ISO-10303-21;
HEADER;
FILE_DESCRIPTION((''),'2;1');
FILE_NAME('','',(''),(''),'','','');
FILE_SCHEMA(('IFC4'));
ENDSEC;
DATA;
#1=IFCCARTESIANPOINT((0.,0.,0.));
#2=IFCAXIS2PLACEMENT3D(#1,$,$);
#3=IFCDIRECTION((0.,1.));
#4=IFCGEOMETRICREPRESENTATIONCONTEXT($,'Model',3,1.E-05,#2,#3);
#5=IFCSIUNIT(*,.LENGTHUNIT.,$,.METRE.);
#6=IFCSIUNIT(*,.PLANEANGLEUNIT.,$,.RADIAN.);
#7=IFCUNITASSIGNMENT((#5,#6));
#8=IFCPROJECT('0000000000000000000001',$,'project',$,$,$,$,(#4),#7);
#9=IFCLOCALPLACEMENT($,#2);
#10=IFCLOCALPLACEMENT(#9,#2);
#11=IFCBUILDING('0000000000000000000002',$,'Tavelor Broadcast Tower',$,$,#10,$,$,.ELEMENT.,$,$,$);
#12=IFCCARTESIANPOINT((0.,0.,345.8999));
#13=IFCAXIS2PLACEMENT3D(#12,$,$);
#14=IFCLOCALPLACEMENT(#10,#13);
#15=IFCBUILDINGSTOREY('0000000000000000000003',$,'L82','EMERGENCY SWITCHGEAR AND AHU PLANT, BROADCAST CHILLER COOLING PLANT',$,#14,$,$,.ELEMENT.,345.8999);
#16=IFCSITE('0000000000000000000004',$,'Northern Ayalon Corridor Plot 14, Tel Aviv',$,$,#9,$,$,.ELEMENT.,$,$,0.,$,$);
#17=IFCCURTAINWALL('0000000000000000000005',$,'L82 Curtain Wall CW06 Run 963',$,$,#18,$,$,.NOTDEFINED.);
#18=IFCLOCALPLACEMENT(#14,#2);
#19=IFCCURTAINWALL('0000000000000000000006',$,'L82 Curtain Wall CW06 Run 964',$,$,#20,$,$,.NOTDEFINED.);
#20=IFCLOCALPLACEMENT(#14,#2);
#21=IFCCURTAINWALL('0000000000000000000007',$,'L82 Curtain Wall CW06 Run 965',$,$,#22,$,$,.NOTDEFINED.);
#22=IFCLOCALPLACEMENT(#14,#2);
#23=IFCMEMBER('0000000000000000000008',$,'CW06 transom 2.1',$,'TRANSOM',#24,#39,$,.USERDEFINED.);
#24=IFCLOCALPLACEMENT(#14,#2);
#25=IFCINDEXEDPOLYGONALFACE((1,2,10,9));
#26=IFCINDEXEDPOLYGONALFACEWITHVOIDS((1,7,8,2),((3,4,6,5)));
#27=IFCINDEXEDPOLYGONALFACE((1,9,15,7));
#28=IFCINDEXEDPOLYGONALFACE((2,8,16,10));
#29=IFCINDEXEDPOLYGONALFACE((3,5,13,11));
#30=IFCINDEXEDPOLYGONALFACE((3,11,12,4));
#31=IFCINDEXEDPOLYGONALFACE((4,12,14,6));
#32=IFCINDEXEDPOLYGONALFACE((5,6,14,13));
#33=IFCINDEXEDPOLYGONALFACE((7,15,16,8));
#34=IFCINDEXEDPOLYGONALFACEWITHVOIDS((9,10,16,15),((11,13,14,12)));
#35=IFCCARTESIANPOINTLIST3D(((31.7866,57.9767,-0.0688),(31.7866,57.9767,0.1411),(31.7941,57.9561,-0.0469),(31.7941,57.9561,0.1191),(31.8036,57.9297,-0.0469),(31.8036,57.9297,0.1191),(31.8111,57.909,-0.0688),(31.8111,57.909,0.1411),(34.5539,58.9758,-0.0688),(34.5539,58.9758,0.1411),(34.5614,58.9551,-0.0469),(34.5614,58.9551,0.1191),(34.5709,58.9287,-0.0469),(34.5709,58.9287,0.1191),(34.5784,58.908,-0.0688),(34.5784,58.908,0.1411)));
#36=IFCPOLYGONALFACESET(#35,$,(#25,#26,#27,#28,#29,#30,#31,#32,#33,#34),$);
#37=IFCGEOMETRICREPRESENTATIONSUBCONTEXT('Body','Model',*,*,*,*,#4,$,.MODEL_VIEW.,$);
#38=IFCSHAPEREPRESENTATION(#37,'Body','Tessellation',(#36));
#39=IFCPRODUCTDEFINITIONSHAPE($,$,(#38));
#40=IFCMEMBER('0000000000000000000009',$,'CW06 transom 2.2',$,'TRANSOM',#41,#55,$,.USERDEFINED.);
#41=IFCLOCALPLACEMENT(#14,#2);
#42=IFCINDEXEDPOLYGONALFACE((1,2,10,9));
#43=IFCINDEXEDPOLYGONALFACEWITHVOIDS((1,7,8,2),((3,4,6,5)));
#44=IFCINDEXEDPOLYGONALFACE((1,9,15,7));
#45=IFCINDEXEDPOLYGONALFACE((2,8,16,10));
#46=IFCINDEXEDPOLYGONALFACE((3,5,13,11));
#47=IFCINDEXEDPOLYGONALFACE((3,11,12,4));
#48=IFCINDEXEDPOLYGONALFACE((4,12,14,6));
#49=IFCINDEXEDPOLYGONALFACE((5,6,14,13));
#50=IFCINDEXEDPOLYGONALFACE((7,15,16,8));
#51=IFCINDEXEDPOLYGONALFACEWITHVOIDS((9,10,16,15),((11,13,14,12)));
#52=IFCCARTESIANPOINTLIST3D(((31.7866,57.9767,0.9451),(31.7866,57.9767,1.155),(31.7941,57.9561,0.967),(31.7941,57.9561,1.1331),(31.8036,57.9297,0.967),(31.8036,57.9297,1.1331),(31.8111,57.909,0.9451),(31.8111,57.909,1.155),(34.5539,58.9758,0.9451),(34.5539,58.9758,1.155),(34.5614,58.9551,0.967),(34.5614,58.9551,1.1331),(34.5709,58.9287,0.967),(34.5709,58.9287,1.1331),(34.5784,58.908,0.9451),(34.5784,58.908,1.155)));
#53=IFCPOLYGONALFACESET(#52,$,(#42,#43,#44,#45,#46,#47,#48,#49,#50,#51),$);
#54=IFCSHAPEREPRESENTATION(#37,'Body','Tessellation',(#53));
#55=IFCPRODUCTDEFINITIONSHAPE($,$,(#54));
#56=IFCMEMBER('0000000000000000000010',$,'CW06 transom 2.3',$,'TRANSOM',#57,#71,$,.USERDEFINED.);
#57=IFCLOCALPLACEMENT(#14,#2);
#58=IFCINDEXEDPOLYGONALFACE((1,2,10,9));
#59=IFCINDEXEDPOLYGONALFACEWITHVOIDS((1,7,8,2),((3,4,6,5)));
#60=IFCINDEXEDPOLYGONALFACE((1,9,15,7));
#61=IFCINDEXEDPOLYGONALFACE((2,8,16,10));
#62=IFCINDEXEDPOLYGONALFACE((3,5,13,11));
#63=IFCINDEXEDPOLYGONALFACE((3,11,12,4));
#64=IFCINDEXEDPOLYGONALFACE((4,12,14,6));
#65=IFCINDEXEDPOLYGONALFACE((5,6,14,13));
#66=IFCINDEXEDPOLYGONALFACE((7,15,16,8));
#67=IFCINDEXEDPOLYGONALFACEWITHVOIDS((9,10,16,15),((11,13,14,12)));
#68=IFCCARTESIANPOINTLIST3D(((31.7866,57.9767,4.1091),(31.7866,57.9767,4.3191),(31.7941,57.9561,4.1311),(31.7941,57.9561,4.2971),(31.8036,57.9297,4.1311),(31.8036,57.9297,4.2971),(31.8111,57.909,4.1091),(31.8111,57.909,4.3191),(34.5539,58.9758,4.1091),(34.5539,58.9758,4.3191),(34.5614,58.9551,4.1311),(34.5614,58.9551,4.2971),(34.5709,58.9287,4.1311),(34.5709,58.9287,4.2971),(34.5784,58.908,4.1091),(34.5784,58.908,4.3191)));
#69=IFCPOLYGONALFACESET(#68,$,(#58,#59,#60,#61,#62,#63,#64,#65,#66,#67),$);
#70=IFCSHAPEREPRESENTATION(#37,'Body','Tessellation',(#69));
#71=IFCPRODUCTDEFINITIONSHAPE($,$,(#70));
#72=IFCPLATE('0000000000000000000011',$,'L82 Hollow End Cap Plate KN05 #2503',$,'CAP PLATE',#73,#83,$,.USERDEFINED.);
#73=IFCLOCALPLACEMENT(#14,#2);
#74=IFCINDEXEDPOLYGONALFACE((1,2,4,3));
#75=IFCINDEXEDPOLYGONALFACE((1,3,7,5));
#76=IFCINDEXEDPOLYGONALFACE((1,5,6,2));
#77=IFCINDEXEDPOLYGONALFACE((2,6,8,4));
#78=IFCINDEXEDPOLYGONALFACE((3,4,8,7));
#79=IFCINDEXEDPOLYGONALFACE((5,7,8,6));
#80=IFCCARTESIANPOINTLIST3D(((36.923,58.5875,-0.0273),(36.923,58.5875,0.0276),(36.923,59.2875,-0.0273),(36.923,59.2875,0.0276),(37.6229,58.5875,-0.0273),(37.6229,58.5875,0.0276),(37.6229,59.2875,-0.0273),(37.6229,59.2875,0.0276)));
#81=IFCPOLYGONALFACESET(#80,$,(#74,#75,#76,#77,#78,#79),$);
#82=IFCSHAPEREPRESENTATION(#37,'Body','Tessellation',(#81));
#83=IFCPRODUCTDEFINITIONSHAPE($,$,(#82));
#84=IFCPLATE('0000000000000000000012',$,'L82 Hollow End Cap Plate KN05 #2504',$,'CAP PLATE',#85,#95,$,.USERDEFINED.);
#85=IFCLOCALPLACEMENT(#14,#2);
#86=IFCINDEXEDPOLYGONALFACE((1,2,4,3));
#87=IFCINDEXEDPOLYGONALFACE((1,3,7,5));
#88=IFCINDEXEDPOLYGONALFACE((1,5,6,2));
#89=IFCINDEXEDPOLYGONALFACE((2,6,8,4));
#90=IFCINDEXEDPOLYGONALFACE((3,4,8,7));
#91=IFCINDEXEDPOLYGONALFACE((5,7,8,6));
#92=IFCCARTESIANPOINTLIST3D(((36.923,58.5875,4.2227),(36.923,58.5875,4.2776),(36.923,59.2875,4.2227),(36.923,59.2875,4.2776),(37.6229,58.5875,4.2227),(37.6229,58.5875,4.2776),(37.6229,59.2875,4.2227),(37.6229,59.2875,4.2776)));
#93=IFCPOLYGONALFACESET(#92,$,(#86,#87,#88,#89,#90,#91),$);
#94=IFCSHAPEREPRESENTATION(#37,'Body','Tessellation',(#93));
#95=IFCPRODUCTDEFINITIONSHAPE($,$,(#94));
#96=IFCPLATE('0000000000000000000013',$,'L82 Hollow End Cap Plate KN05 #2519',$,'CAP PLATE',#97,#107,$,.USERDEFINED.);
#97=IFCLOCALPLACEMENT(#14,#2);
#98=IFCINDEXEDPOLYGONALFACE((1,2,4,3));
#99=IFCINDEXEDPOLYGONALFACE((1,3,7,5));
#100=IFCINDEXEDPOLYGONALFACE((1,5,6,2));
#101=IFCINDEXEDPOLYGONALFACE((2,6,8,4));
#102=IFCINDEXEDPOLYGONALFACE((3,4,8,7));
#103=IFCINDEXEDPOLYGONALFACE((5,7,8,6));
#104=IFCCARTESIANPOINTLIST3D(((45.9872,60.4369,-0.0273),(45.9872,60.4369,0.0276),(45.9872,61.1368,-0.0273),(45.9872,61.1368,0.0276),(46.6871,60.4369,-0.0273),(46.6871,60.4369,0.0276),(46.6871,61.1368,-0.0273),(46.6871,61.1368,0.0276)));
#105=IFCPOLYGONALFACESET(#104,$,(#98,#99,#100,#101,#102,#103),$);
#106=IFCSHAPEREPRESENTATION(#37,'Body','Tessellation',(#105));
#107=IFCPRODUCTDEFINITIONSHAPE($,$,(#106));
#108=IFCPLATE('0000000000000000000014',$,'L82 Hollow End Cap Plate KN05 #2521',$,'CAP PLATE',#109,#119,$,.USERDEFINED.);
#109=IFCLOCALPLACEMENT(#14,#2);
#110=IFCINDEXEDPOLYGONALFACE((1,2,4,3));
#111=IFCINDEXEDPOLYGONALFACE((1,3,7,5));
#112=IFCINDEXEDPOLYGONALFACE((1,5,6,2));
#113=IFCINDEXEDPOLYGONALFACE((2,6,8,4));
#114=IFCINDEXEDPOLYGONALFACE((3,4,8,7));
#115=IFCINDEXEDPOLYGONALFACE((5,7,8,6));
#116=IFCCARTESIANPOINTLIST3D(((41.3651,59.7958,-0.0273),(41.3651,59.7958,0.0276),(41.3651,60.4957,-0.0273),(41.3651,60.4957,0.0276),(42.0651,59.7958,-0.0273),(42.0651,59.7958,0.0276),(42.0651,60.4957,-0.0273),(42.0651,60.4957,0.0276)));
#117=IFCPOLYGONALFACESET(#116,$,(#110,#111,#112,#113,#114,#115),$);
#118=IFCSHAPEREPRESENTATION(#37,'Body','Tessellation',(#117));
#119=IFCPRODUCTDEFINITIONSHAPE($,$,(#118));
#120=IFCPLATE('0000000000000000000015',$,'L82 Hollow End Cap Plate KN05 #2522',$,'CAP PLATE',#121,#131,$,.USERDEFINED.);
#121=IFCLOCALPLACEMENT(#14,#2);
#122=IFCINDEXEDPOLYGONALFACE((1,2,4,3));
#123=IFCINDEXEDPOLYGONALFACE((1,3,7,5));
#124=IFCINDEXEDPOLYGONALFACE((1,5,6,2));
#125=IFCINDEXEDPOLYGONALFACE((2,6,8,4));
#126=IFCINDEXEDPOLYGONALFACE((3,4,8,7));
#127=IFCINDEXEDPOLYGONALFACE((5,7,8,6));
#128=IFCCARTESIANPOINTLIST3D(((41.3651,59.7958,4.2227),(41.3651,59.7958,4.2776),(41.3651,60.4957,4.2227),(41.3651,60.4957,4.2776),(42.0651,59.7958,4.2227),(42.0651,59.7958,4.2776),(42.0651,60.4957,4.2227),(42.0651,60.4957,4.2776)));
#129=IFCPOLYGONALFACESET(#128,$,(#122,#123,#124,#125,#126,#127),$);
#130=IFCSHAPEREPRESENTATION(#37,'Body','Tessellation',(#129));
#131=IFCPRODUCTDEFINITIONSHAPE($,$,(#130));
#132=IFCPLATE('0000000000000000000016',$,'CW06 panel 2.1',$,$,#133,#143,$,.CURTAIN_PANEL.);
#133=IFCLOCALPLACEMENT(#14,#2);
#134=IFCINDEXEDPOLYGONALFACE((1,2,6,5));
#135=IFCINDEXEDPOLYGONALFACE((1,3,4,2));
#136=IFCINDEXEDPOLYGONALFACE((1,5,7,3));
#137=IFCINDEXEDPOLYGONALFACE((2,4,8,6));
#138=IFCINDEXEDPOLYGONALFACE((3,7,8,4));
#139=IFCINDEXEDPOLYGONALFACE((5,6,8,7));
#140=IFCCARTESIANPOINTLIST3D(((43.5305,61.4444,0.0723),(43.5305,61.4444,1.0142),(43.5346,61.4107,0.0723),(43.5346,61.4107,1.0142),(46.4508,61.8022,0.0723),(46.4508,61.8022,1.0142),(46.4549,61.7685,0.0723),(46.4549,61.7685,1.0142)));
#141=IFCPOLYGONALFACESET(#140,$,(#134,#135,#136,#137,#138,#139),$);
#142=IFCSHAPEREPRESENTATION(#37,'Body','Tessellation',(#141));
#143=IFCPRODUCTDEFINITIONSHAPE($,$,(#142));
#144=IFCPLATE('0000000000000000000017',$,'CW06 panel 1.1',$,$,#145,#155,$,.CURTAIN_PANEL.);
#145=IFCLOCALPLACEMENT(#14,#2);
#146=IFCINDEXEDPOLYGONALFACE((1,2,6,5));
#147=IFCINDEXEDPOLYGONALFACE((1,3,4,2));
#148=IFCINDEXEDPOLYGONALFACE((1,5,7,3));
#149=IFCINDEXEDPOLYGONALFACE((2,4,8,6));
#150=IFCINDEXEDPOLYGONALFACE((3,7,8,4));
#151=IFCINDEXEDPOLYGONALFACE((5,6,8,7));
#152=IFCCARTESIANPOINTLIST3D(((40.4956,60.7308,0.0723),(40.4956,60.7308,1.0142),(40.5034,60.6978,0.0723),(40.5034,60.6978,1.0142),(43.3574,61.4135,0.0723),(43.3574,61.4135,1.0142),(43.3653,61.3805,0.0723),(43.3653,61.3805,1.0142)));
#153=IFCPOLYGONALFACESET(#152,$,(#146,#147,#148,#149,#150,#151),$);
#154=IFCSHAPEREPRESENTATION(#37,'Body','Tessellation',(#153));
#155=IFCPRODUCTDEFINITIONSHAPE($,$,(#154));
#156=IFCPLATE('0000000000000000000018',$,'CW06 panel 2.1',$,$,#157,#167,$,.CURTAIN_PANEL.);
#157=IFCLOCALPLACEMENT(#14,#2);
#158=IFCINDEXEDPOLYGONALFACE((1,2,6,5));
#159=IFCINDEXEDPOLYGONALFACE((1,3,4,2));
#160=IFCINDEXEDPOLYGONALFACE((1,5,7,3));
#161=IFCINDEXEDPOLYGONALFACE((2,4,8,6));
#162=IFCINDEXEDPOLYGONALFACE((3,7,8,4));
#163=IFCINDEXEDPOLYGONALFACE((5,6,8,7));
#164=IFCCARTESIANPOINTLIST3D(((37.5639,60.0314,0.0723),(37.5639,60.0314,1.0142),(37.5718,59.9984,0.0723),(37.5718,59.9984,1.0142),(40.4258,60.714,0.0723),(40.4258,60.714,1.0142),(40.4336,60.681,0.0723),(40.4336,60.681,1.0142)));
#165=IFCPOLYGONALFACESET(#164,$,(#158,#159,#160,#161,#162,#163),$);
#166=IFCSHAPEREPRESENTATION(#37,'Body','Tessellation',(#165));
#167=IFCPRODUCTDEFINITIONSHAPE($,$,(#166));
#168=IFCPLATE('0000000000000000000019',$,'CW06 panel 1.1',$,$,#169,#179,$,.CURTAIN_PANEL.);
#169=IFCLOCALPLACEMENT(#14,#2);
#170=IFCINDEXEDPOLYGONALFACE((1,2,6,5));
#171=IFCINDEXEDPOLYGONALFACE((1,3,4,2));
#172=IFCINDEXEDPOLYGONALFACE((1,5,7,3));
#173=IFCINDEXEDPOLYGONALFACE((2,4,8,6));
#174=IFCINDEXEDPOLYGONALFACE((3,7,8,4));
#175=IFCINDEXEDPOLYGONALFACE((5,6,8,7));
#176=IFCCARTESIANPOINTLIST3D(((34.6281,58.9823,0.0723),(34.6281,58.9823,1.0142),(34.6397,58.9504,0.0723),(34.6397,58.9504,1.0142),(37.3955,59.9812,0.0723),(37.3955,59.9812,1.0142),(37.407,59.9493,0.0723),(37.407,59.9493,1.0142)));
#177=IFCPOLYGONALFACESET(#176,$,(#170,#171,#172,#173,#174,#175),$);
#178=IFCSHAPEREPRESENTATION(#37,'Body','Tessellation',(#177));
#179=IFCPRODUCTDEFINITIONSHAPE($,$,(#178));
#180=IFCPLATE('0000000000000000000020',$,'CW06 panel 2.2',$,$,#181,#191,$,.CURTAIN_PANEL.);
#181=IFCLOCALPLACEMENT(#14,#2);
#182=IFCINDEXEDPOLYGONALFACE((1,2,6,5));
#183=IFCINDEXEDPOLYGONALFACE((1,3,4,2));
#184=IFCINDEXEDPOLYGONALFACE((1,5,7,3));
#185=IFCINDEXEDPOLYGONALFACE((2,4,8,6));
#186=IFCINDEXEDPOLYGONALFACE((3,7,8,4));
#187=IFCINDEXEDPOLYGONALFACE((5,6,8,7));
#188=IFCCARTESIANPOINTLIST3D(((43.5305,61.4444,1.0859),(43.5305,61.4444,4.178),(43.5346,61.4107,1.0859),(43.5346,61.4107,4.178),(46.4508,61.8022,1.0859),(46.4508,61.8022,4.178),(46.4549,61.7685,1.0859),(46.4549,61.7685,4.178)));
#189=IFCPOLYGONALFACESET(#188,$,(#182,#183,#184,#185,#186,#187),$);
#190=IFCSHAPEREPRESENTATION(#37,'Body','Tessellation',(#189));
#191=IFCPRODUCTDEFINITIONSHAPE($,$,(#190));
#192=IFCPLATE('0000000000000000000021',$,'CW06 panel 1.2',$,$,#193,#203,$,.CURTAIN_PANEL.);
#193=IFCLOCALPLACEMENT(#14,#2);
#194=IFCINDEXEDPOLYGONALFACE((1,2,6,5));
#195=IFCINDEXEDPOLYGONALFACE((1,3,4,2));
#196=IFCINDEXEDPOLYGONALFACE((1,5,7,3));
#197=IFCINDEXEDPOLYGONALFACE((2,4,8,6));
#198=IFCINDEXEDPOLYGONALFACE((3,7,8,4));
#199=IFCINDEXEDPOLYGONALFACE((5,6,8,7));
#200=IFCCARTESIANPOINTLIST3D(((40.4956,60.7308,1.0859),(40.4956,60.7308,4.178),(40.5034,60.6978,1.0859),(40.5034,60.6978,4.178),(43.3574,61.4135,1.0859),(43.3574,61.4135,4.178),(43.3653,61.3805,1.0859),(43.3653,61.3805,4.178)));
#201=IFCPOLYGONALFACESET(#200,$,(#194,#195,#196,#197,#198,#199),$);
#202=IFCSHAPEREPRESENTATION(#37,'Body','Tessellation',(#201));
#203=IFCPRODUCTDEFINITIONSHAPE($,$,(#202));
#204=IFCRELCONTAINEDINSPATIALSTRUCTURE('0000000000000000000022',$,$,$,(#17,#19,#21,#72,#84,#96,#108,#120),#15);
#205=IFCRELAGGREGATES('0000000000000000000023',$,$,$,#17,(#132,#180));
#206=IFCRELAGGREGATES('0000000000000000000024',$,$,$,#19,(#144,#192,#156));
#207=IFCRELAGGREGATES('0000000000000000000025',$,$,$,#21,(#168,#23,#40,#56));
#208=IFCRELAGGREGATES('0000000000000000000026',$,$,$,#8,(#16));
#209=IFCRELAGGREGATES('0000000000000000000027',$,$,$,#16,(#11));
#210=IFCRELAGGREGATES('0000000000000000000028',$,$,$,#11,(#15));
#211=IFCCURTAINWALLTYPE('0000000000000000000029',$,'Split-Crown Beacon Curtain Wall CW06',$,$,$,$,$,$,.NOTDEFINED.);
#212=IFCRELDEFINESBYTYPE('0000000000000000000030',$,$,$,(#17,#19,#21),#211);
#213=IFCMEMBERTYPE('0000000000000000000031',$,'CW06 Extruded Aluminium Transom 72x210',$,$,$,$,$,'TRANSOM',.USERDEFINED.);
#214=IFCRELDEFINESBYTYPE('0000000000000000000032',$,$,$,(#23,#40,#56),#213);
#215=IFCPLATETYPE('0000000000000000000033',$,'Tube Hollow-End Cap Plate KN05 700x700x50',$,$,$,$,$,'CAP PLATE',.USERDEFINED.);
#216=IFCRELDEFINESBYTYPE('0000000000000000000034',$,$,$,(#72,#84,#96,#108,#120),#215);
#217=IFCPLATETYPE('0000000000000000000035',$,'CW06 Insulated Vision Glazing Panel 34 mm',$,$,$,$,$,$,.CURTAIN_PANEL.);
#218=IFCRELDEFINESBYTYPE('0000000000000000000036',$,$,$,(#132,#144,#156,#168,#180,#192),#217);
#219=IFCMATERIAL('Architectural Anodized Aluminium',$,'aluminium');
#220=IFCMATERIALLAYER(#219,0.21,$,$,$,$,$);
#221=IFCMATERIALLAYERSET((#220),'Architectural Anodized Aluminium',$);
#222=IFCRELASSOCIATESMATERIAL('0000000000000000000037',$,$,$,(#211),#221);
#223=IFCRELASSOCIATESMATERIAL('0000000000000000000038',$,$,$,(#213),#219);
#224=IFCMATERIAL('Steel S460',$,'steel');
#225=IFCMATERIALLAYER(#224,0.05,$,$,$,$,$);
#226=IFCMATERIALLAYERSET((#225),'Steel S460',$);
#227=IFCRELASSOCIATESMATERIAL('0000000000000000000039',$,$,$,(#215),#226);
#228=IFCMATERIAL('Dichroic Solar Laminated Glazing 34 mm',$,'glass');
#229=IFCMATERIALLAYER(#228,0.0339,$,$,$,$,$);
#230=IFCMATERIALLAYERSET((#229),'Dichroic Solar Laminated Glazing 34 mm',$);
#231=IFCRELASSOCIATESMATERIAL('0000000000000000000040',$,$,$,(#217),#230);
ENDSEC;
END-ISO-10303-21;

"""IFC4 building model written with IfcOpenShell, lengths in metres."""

from ifc_helpers import new_model, si_unit, direction, frame, origin, origin_2d, place, context, subcontext, project, spatial, rectangle, hollow_rectangle, extrude, source, transform, mapped, material, layer, layer_set, material_profile, profile_set, type_object, type_shapes, element, aggregate, save


model = new_model("IFC4")

# Units and contexts
model_context = context("Model", 3, precision=1e-05, world=origin(), true_north=direction((0.0, 1.0)))
body_context = subcontext(model_context, "Body", "Model", "MODEL_VIEW")
ifc_project = project(units=[si_unit("LENGTHUNIT", "METRE"), si_unit("PLANEANGLEUNIT", "RADIAN")], contexts=[model_context])

# Site, building, storey
site_placement = place(None, origin())
site = spatial("IfcSite", under=ifc_project, at=site_placement, Name="Northern Ayalon Corridor Plot 14, Tel Aviv", CompositionType="ELEMENT", RefElevation=0.0)
building_placement = place(site_placement, origin())
building = spatial("IfcBuilding", under=site, at=building_placement, Name="Tavelor Broadcast Tower", CompositionType="ELEMENT")
storey_placement = place(building_placement, frame((0.0, 0.0, 345.8999)))
storey = spatial("IfcBuildingStorey", under=building, at=storey_placement, Name="L82", Description="EMERGENCY SWITCHGEAR AND AHU PLANT, BROADCAST CHILLER COOLING PLANT", CompositionType="ELEMENT", Elevation=345.8999)

# Curtain wall
ifc_material_1 = material(Name="Architectural Anodized Aluminium", Category="aluminium")
ifc_layer_1 = layer(ifc_material_1, 0.21)
ifc_layer_set_1 = layer_set([ifc_layer_1], Name="Architectural Anodized Aluminium")
curtain_wall_type = type_object("IfcCurtainWallType", Name="Split-Crown Beacon Curtain Wall CW06", PredefinedType="NOTDEFINED", material=ifc_layer_set_1)
curtain_wall_1_placement = place(storey_placement, origin())
curtain_wall_1 = element("IfcCurtainWall", 1, at=curtain_wall_1_placement, inside=storey, type_object=curtain_wall_type, Name="L82 Curtain Wall CW06 Run 963", PredefinedType="NOTDEFINED")

# Curtain walls
curtain_wall_2_placement = place(storey_placement, origin())
curtain_wall_2 = element("IfcCurtainWall", 2, at=curtain_wall_2_placement, inside=storey, type_object=curtain_wall_type, Name="L82 Curtain Wall CW06 Run 964", PredefinedType="NOTDEFINED")
curtain_wall_3_placement = place(storey_placement, origin())
curtain_wall_3 = element("IfcCurtainWall", 3, at=curtain_wall_3_placement, inside=storey, type_object=curtain_wall_type, Name="L82 Curtain Wall CW06 Run 965", PredefinedType="NOTDEFINED")

# Members
ifc_material_profile_1 = material_profile(ifc_material_1, hollow_rectangle(XDim=0.072, YDim=0.21, WallThickness=0.022, at=origin_2d()), Name="RHS 72x210x22")
ifc_profile_set_1 = profile_set([ifc_material_profile_1], Name="Architectural Anodized Aluminium")
member_type_1 = type_object("IfcMemberType", Name="CW06 Extruded Aluminium Transom 72x210", ElementType="TRANSOM", PredefinedType="USERDEFINED", material=ifc_profile_set_1)
shared_shape_1 = source(origin(), body_context, "Body", "SweptSolid", [
    extrude(hollow_rectangle(XDim=0.072, YDim=0.21, WallThickness=0.022, at=origin_2d()), origin(), (0.0, 0.0, 1.0), 2.9421),
])
member_1_placement = place(storey_placement, frame((34.5662, 58.9419, 0.0361), z_axis=(-0.940586, -0.339557, 0.0), x_axis=(0.339557, -0.940586, 0.0)))
member_1 = element("IfcMember", 4, at=member_1_placement, type_object=member_type_1, Name="CW06 transom 2.1", ObjectType="TRANSOM", PredefinedType="USERDEFINED", context=body_context, shape_type="MappedRepresentation", body=[
    mapped(shared_shape_1, transform((0.0, 0.0, 0.0), scale=1.0)),
])
member_2_placement = place(storey_placement, frame((34.5662, 58.9419, 1.05), z_axis=(-0.940586, -0.339557, 0.0), x_axis=(0.339557, -0.940586, 0.0)))
member_2 = element("IfcMember", 5, at=member_2_placement, type_object=member_type_1, Name="CW06 transom 2.2", ObjectType="TRANSOM", PredefinedType="USERDEFINED", context=body_context, shape_type="MappedRepresentation", body=[
    mapped(shared_shape_1, transform((0.0, 0.0, 0.0), scale=1.0)),
])
member_3_placement = place(storey_placement, frame((34.5662, 58.9419, 4.2141), z_axis=(-0.940586, -0.339557, 0.0), x_axis=(0.339557, -0.940586, 0.0)))
member_3 = element("IfcMember", 6, at=member_3_placement, type_object=member_type_1, Name="CW06 transom 2.3", ObjectType="TRANSOM", PredefinedType="USERDEFINED", context=body_context, shape_type="MappedRepresentation", body=[
    mapped(shared_shape_1, transform((0.0, 0.0, 0.0), scale=1.0)),
])

# Plates
ifc_material_2 = material(Name="Steel S460", Category="steel")
ifc_layer_2 = layer(ifc_material_2, 0.05)
ifc_layer_set_2 = layer_set([ifc_layer_2], Name="Steel S460")
plate_type_1 = type_object("IfcPlateType", Name="Tube Hollow-End Cap Plate KN05 700x700x50", ElementType="CAP PLATE", PredefinedType="USERDEFINED", material=ifc_layer_set_2)
shared_shape_2 = source(origin(), body_context, "Body", "SweptSolid", [
    extrude(rectangle(XDim=0.7, YDim=0.7, at=origin_2d()), origin(), (0.0, 0.0, 1.0), 0.0549),
])
type_shapes(plate_type_1, [shared_shape_2])
for number, where, z_axis, x_axis, name in (
    (7, (37.2729, 58.9375, -0.0273), (0.0, 0.0, 1.0), (1.0, 0.0, 0.0), "L82 Hollow End Cap Plate KN05 #2503"),
    (8, (37.2729, 58.9375, 4.2227), (0.0, 0.0, 1.0), (1.0, 0.0, 0.0), "L82 Hollow End Cap Plate KN05 #2504"),
    (9, (46.3372, 60.7869, -0.0273), (0.0, 0.0, 1.0), (1.0, 0.0, 0.0), "L82 Hollow End Cap Plate KN05 #2519"),
    (10, (41.7151, 60.1458, -0.0273), (0.0, 0.0, 1.0), (1.0, 0.0, 0.0), "L82 Hollow End Cap Plate KN05 #2521"),
    (11, (41.7151, 60.1458, 4.2227), (0.0, 0.0, 1.0), (1.0, 0.0, 0.0), "L82 Hollow End Cap Plate KN05 #2522"),
):
    element("IfcPlate", number, at=place(storey_placement, frame(where, z_axis=z_axis, x_axis=x_axis)), inside=storey, type_object=plate_type_1, Name=name, ObjectType="CAP PLATE", PredefinedType="USERDEFINED", context=body_context, shape_type="MappedRepresentation", body=[
        mapped(shared_shape_2, transform((0.0, 0.0, 0.0), scale=1.0)),
    ])

# Plates
ifc_material_3 = material(Name="Dichroic Solar Laminated Glazing 34 mm", Category="glass")
ifc_layer_3 = layer(ifc_material_3, 0.0339)
ifc_layer_set_3 = layer_set([ifc_layer_3], Name="Dichroic Solar Laminated Glazing 34 mm")
plate_type_2 = type_object("IfcPlateType", Name="CW06 Insulated Vision Glazing Panel 34 mm", PredefinedType="CURTAIN_PANEL", material=ifc_layer_set_3)
shared_shape_3 = source(origin(), body_context, "Body", "SweptSolid", [
    extrude(rectangle(XDim=2.9421, YDim=0.0339, at=origin_2d()), origin(), (0.0, 0.0, 1.0), 0.9419),
])
plate_1_placement = place(storey_placement, frame((44.9927, 61.6064, 0.0723), z_axis=(0.0, 0.0, 1.0), x_axis=(-0.992579, -0.121601, 0.0)))
plate_1 = element("IfcPlate", 12, at=plate_1_placement, type_object=plate_type_2, Name="CW06 panel 2.1", PredefinedType="CURTAIN_PANEL", context=body_context, shape_type="MappedRepresentation", body=[
    mapped(shared_shape_3, transform((0.0, 0.0, 0.0), scale=1.0)),
])
plate_2_placement = place(storey_placement, frame((41.9304, 61.0557, 0.0723), z_axis=(0.0, 0.0, 1.0), x_axis=(-0.97271, -0.232022, 0.0)))
plate_2 = element("IfcPlate", 13, at=plate_2_placement, type_object=plate_type_2, Name="CW06 panel 1.1", PredefinedType="CURTAIN_PANEL", context=body_context, shape_type="MappedRepresentation", body=[
    mapped(shared_shape_3, transform((0.0, 0.0, 0.0), scale=1.0)),
])
plate_3_placement = place(storey_placement, frame((38.9988, 60.3562, 0.0723), z_axis=(0.0, 0.0, 1.0), x_axis=(-0.97271, -0.232022, 0.0)))
plate_3 = element("IfcPlate", 14, at=plate_3_placement, type_object=plate_type_2, Name="CW06 panel 2.1", PredefinedType="CURTAIN_PANEL", context=body_context, shape_type="MappedRepresentation", body=[
    mapped(shared_shape_3, transform((0.0, 0.0, 0.0), scale=1.0)),
])
plate_4_placement = place(storey_placement, frame((36.0176, 59.4658, 0.0723), z_axis=(0.0, 0.0, 1.0), x_axis=(-0.940597, -0.339526, 0.0)))
plate_4 = element("IfcPlate", 15, at=plate_4_placement, type_object=plate_type_2, Name="CW06 panel 1.1", PredefinedType="CURTAIN_PANEL", context=body_context, shape_type="MappedRepresentation", body=[
    mapped(shared_shape_3, transform((0.0, 0.0, 0.0), scale=1.0)),
])
shared_shape_4 = source(origin(), body_context, "Body", "SweptSolid", [
    extrude(rectangle(XDim=2.9421, YDim=0.0339, at=origin_2d()), origin(), (0.0, 0.0, 1.0), 3.092),
])
type_shapes(plate_type_2, [shared_shape_3, shared_shape_4])
plate_5_placement = place(storey_placement, frame((44.9927, 61.6064, 1.0859), z_axis=(0.0, 0.0, 1.0), x_axis=(-0.992579, -0.121601, 0.0)))
plate_5 = element("IfcPlate", 16, at=plate_5_placement, type_object=plate_type_2, Name="CW06 panel 2.2", PredefinedType="CURTAIN_PANEL", context=body_context, shape_type="MappedRepresentation", body=[
    mapped(shared_shape_4, transform((0.0, 0.0, 0.0), scale=1.0)),
])
aggregate(curtain_wall_1, [plate_1, plate_5])
plate_6_placement = place(storey_placement, frame((41.9304, 61.0557, 1.0859), z_axis=(0.0, 0.0, 1.0), x_axis=(-0.97271, -0.232022, 0.0)))
plate_6 = element("IfcPlate", 17, at=plate_6_placement, type_object=plate_type_2, Name="CW06 panel 1.2", PredefinedType="CURTAIN_PANEL", context=body_context, shape_type="MappedRepresentation", body=[
    mapped(shared_shape_4, transform((0.0, 0.0, 0.0), scale=1.0)),
])
aggregate(curtain_wall_2, [plate_2, plate_6, plate_3])
aggregate(curtain_wall_3, [plate_4, member_1, member_2, member_3])

save(model, "model.ifc")
